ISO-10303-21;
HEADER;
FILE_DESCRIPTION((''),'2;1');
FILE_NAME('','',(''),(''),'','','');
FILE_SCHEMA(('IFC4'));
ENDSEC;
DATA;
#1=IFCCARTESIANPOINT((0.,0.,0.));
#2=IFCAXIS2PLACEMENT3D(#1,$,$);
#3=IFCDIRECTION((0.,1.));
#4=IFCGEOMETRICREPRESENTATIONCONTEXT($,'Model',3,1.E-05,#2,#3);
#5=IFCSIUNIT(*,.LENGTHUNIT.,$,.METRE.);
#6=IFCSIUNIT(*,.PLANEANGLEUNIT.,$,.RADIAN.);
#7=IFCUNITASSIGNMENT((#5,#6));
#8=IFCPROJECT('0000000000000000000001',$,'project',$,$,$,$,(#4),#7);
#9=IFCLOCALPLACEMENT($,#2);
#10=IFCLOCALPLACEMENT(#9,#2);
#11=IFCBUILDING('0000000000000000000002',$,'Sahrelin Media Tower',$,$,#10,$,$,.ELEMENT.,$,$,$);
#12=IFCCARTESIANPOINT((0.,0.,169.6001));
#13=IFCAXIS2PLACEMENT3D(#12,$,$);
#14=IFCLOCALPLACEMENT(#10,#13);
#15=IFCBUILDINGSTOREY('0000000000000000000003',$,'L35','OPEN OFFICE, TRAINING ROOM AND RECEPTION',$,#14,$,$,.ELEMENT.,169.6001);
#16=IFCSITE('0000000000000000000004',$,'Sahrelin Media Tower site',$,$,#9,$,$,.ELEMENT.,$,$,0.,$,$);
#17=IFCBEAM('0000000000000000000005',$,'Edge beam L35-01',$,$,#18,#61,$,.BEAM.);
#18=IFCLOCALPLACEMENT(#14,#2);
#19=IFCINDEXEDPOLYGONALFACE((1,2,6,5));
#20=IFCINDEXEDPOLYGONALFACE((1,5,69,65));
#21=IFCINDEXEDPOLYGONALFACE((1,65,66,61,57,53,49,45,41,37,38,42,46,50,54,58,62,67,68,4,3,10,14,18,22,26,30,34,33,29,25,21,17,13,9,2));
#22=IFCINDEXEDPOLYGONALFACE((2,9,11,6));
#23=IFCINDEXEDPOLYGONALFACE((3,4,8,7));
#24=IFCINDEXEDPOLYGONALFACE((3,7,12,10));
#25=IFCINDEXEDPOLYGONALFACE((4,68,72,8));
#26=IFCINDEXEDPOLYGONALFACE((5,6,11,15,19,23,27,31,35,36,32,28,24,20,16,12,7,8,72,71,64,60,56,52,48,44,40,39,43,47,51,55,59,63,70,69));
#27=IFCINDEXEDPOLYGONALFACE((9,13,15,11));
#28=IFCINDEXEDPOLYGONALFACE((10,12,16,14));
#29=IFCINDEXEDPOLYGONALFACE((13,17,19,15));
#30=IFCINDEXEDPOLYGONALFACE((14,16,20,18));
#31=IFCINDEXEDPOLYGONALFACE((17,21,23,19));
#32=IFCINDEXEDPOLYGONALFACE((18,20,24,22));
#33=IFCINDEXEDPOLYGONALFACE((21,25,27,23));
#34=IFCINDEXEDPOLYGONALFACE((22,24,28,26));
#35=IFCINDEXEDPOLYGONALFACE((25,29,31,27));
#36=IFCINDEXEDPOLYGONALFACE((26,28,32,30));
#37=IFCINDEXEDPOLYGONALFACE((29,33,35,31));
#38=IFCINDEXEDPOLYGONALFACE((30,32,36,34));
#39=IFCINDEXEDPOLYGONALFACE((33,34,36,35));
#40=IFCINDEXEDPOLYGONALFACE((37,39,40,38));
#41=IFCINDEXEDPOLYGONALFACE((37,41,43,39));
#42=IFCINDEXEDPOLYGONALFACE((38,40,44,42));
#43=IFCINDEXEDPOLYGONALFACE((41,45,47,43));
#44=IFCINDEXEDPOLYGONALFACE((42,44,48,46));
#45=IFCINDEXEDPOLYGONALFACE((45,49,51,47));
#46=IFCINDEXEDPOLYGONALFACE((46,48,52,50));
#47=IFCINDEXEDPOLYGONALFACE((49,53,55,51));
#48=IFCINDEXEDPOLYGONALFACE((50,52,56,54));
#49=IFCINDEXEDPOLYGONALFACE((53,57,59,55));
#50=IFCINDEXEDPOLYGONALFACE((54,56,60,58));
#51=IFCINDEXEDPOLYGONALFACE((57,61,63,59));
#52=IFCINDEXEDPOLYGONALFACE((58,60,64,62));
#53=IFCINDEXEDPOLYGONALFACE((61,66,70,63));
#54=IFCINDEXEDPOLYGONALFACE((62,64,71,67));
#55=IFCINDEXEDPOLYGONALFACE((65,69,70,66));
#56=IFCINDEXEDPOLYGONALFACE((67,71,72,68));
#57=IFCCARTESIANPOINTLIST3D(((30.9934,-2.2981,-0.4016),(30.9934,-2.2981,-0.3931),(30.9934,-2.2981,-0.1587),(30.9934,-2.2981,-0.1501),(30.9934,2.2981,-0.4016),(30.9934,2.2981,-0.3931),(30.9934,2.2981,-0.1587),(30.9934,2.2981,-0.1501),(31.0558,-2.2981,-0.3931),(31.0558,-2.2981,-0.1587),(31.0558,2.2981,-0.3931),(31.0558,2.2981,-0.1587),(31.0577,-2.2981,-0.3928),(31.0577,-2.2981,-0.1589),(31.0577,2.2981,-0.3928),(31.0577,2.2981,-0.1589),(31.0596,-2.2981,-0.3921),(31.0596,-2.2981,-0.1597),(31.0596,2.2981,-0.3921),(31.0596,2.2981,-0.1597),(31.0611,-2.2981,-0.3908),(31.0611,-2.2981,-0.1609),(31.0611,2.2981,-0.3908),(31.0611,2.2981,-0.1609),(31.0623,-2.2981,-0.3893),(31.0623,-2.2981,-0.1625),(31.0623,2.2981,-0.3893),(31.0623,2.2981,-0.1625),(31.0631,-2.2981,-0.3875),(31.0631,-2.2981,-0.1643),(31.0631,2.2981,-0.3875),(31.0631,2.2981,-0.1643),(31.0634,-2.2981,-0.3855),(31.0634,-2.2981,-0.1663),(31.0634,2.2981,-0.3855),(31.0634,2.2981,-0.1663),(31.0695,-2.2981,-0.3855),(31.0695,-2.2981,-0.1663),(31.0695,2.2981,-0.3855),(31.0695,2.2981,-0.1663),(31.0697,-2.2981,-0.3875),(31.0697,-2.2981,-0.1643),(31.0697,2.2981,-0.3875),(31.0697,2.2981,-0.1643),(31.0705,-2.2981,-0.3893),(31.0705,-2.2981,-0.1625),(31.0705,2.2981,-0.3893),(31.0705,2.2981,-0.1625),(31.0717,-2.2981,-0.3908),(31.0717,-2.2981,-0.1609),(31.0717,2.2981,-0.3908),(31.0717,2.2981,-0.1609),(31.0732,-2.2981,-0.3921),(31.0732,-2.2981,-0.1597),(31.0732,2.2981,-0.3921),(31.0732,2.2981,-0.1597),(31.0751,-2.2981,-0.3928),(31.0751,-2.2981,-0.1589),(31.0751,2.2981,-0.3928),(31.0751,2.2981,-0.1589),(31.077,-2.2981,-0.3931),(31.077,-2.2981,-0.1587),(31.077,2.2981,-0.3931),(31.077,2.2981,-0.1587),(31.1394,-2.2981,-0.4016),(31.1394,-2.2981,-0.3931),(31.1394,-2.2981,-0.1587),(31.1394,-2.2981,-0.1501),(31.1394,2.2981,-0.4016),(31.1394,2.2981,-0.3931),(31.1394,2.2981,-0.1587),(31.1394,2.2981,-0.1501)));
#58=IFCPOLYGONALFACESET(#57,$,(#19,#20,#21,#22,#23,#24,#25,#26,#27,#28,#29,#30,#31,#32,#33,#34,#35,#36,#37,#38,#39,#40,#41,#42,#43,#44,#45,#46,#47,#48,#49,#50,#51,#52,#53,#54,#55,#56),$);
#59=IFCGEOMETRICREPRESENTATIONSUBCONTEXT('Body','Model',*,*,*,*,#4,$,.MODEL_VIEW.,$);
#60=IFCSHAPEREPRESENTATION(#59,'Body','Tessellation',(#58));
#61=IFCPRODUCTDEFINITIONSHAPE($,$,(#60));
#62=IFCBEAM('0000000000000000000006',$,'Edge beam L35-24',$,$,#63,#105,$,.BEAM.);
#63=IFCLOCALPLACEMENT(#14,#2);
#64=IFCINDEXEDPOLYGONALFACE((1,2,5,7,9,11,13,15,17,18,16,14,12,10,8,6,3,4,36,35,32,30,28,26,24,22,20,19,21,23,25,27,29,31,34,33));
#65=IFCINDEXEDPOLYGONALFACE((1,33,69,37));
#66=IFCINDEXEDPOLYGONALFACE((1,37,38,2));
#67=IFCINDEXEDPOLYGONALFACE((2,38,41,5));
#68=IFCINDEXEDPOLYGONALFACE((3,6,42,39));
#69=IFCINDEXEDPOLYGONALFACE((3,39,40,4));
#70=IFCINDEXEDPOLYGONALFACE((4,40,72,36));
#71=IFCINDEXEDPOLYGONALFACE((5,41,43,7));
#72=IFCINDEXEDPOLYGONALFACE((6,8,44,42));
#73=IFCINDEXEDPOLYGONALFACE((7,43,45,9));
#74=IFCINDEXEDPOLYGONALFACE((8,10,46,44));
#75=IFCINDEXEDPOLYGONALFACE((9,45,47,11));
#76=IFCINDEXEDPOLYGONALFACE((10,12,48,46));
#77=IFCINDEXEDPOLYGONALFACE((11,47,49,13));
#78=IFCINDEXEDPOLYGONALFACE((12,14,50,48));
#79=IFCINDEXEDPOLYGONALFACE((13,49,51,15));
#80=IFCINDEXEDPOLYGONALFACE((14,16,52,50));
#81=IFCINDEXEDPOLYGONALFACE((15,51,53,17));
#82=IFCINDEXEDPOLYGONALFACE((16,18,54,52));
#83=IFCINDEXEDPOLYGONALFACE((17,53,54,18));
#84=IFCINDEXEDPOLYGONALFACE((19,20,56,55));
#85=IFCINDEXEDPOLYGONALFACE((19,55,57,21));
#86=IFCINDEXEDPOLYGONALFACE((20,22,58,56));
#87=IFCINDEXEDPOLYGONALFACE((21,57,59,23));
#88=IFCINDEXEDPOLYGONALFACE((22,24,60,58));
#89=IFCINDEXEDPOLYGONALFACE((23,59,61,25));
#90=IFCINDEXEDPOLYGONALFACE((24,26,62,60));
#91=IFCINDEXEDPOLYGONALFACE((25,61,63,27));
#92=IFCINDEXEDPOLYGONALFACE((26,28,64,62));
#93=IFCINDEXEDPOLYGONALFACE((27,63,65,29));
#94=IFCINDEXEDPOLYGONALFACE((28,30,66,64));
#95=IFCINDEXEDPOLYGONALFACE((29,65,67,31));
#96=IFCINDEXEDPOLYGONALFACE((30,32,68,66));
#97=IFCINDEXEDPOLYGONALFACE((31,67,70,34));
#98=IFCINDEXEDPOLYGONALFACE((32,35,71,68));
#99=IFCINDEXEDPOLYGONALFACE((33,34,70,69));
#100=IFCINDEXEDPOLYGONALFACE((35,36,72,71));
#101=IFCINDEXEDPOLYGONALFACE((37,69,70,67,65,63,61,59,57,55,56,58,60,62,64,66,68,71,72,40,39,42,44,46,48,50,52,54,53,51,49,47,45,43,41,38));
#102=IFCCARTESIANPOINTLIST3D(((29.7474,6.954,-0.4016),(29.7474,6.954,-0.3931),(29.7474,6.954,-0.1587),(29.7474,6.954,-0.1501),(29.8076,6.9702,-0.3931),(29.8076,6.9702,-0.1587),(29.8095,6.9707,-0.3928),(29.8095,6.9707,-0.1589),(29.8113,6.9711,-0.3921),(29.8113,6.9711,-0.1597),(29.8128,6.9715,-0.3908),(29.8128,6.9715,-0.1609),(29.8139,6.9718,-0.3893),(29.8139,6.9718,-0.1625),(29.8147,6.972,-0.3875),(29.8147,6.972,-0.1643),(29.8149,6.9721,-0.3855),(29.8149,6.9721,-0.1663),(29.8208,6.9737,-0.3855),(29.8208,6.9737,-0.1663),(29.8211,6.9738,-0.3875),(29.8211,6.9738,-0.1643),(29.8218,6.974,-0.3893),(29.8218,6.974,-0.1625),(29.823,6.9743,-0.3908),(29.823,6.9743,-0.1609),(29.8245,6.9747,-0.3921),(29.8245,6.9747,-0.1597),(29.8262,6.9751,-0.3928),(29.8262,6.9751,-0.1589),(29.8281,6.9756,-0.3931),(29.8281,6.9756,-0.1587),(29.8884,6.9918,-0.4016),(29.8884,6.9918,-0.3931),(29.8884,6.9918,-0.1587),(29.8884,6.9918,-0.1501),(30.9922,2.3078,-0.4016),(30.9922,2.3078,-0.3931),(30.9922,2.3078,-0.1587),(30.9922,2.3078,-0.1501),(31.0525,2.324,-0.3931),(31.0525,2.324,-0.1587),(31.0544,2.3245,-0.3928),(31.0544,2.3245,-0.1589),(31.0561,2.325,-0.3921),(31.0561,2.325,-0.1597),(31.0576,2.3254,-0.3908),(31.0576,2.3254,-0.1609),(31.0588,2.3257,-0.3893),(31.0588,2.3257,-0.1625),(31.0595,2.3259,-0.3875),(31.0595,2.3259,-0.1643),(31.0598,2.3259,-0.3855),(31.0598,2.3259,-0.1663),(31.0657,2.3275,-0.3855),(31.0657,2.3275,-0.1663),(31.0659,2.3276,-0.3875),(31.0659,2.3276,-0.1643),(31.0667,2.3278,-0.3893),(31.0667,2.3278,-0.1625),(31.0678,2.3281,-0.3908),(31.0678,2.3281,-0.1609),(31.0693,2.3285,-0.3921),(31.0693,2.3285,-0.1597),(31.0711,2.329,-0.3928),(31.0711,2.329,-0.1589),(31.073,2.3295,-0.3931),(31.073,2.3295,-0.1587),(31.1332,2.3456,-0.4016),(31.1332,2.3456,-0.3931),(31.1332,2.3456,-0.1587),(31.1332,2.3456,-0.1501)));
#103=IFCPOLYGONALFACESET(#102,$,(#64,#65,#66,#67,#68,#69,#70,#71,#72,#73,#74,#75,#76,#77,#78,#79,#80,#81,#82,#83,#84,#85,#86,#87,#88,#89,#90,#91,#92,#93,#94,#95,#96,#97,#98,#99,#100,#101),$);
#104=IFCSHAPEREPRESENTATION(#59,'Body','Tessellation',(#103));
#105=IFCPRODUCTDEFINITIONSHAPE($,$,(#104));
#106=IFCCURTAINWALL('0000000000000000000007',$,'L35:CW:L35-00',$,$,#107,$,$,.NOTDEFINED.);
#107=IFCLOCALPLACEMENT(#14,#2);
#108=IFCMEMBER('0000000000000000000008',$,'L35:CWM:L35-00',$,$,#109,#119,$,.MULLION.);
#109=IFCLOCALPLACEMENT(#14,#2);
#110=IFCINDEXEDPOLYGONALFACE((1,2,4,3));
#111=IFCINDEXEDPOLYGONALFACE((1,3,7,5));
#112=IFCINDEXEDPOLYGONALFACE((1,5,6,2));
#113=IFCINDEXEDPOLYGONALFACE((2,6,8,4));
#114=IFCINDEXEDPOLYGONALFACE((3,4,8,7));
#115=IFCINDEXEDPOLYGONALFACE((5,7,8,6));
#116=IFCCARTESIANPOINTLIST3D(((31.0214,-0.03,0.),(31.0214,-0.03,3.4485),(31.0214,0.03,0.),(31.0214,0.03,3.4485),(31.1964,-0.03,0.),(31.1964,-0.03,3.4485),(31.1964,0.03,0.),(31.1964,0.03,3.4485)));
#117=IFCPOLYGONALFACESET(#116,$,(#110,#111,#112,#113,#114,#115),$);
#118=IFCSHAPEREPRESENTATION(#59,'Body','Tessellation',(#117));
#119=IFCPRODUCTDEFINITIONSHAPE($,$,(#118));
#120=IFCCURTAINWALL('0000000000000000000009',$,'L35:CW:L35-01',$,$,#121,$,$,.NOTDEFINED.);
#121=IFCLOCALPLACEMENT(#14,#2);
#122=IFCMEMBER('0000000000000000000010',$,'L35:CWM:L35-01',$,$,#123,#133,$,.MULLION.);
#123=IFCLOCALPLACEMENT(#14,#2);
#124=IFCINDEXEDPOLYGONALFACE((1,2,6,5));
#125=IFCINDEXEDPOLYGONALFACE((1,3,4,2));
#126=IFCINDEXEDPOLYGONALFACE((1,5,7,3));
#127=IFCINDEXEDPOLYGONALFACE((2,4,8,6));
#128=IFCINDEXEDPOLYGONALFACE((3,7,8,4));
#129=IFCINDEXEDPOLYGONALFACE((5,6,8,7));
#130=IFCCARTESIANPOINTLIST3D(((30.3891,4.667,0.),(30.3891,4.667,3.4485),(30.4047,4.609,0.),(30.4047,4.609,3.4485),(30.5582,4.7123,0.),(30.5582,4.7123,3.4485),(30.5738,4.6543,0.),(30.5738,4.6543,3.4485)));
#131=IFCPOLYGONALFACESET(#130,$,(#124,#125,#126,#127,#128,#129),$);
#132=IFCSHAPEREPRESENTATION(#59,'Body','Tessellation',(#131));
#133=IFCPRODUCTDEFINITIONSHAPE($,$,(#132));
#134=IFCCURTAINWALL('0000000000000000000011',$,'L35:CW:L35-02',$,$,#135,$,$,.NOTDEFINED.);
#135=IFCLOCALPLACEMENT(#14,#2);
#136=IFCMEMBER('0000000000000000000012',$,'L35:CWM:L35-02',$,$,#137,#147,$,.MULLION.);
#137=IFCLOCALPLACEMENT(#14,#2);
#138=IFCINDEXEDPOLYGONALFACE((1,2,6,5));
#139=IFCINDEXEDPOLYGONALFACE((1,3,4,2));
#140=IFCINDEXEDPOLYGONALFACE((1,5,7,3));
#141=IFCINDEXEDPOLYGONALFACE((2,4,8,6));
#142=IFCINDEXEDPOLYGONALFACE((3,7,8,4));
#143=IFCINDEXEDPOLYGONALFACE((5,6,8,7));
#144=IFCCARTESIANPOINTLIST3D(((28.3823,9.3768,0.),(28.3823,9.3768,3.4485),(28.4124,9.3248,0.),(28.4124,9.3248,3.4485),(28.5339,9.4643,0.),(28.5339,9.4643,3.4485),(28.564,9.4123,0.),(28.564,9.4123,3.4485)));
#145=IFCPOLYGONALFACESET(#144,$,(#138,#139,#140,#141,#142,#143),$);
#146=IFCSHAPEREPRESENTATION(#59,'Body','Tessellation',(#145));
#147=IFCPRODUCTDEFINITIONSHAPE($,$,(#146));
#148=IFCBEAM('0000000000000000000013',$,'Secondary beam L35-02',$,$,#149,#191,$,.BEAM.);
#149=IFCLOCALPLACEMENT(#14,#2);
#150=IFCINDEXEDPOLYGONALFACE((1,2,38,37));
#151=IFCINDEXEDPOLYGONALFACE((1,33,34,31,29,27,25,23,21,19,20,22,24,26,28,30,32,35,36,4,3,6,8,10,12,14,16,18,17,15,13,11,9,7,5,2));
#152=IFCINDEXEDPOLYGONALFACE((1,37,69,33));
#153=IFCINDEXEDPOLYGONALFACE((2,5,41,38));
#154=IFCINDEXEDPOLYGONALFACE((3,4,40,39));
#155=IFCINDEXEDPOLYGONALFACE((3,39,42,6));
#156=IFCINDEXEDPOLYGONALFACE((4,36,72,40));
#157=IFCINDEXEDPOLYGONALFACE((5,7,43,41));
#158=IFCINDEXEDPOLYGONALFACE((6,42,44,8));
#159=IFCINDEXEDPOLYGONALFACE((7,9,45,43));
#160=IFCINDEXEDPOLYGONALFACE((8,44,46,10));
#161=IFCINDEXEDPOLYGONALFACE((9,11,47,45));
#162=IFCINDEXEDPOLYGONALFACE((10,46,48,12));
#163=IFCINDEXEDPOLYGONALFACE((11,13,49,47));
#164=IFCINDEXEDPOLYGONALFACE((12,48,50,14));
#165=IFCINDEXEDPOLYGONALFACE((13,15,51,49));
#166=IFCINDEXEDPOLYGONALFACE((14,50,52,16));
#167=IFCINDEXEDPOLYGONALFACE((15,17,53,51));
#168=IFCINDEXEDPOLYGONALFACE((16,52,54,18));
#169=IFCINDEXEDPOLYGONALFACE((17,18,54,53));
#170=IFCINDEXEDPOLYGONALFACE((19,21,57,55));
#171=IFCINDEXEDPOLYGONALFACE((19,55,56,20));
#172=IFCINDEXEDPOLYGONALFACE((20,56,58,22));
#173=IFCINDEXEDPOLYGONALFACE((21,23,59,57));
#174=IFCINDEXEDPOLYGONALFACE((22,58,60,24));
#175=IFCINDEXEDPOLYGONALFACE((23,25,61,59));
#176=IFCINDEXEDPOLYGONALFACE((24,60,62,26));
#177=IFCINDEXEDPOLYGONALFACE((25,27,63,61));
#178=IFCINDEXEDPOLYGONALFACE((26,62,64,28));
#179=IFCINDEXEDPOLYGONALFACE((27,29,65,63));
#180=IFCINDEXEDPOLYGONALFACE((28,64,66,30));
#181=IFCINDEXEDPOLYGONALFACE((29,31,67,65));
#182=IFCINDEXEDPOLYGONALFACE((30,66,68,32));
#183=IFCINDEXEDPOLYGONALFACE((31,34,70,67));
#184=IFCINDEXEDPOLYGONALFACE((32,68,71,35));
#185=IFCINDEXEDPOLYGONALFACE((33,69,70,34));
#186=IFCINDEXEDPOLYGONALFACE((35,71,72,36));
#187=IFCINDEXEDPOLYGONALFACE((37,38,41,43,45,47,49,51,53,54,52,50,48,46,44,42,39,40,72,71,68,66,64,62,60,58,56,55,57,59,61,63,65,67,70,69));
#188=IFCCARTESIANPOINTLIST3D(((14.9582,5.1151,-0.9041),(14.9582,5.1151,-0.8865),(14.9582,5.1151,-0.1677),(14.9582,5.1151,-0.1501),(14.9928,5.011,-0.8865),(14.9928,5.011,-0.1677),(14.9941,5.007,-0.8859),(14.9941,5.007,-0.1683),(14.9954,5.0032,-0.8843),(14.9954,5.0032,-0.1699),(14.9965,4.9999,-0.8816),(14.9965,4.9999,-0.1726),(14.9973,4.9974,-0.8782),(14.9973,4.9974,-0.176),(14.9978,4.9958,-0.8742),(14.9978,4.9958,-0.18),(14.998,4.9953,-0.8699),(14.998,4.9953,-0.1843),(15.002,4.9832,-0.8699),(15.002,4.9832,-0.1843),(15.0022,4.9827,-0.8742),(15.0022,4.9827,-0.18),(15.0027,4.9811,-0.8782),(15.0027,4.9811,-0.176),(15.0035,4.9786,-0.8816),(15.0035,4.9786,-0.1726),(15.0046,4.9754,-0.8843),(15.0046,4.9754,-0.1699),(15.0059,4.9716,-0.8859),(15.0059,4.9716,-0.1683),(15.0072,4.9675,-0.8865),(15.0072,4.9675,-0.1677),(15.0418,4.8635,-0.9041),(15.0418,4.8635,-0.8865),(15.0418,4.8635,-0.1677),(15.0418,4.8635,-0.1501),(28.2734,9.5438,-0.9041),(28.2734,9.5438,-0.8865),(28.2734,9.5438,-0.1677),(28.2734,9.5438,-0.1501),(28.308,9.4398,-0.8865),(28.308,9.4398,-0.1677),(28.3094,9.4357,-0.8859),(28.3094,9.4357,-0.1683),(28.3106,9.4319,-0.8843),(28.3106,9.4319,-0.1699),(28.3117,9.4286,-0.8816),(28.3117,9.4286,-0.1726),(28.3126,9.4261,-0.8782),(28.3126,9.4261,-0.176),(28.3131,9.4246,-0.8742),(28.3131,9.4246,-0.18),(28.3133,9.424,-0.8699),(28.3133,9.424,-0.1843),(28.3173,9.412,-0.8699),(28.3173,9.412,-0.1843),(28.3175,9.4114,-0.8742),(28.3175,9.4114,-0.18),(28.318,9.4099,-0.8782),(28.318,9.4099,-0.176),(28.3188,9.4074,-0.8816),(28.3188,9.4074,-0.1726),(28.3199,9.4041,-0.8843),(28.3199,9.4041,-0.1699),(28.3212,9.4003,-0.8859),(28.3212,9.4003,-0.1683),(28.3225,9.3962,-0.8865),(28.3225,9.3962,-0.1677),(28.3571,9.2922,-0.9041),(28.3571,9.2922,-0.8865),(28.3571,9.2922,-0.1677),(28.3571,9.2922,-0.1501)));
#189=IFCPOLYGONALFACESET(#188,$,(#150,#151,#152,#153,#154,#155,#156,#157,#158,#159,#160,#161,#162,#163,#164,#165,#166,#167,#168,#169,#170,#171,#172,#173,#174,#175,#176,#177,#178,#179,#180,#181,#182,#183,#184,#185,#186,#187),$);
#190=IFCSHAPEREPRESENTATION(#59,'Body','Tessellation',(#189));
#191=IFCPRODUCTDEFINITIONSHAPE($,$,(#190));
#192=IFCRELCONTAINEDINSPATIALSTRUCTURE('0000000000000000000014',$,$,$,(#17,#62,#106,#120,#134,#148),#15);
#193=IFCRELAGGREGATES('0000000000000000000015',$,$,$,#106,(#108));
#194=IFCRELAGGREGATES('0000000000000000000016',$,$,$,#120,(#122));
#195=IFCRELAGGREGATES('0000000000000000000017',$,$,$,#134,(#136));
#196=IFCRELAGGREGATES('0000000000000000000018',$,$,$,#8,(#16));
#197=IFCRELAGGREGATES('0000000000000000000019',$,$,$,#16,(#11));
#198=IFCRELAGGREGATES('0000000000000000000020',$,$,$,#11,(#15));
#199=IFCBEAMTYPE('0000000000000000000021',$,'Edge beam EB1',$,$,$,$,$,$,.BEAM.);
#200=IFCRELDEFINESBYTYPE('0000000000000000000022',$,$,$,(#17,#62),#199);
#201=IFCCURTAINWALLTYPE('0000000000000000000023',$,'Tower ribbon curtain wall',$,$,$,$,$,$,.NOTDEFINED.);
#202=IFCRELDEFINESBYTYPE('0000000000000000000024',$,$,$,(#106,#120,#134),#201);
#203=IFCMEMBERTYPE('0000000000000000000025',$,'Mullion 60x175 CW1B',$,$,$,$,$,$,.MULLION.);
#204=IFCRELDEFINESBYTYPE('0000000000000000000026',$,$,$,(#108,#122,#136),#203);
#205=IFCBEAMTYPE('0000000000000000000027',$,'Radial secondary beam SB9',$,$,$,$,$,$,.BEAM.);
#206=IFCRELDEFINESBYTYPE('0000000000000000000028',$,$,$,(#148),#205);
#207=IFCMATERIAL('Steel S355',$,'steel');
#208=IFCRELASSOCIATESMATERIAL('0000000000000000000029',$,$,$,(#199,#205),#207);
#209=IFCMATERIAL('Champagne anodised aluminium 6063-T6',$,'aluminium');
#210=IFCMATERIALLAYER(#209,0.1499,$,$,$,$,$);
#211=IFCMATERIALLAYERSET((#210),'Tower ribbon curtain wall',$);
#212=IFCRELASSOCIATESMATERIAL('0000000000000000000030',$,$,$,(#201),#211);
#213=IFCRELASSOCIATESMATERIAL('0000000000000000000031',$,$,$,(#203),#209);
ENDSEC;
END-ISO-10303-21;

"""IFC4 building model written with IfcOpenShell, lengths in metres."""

from ifc_helpers import new_model, si_unit, direction, frame, origin, origin_2d, place, context, subcontext, project, spatial, rectangle, i_section, extrude, material, layer, layer_set, material_profile, profile_set, type_object, element, aggregate, save


model = new_model("IFC4")

# Units and contexts
model_context = context("Model", 3, precision=1e-05, world=origin(), true_north=direction((0.0, 1.0)))
body_context = subcontext(model_context, "Body", "Model", "MODEL_VIEW")
ifc_project = project(units=[si_unit("LENGTHUNIT", "METRE"), si_unit("PLANEANGLEUNIT", "RADIAN")], contexts=[model_context])

# Site, building, storey
site_placement = place(None, origin())
site = spatial("IfcSite", under=ifc_project, at=site_placement, Name="Sahrelin Media Tower site", CompositionType="ELEMENT", RefElevation=0.0)
building_placement = place(site_placement, origin())
building = spatial("IfcBuilding", under=site, at=building_placement, Name="Sahrelin Media Tower", CompositionType="ELEMENT")
storey_placement = place(building_placement, frame((0.0, 0.0, 169.6001)))
storey = spatial("IfcBuildingStorey", under=building, at=storey_placement, Name="L35", Description="OPEN OFFICE, TRAINING ROOM AND RECEPTION", CompositionType="ELEMENT", Elevation=169.6001)

# Beams
ifc_material_1 = material(Name="Steel S355", Category="steel")
ifc_material_profile_1 = material_profile(ifc_material_1, i_section(OverallWidth=0.146, OverallDepth=0.2515, WebThickness=0.0061, FlangeThickness=0.0085, FilletRadius=0.0076, at=origin_2d()), Name="UB 254x146x31")
ifc_profile_set_1 = profile_set([ifc_material_profile_1], Name="Steel S355")
beam_type_1 = type_object("IfcBeamType", Name="Edge beam EB1", PredefinedType="BEAM", material=ifc_profile_set_1)
beam_1_placement = place(storey_placement, frame((31.0664, 2.2981, -0.2759), z_axis=(0.0, -1.0, 0.0), x_axis=(1.0, 0.0, 0.0)))
element("IfcBeam", 1, at=beam_1_placement, inside=storey, type_object=beam_type_1, Name="Edge beam L35-01", PredefinedType="BEAM", context=body_context, shape_type="SweptSolid", body=[
    extrude(i_section(OverallWidth=0.146, OverallDepth=0.2515, WebThickness=0.0061, FlangeThickness=0.0085, FilletRadius=0.0076, at=origin_2d()), origin(), (0.0, 0.0, 1.0), 4.5962),
])
beam_2_placement = place(storey_placement, frame((29.8179, 6.9729, -0.2759), z_axis=(0.258803, -0.96593, 0.0), x_axis=(0.96593, 0.258803, 0.0)))
element("IfcBeam", 2, at=beam_2_placement, inside=storey, type_object=beam_type_1, Name="Edge beam L35-24", PredefinedType="BEAM", context=body_context, shape_type="SweptSolid", body=[
    extrude(i_section(OverallWidth=0.146, OverallDepth=0.2515, WebThickness=0.0061, FlangeThickness=0.0085, FilletRadius=0.0076, at=origin_2d()), origin(), (0.0, 0.0, 1.0), 4.8101),
])

# Curtain walls, members
ifc_material_2 = material(Name="Champagne anodised aluminium 6063-T6", Category="aluminium")
ifc_layer_1 = layer(ifc_material_2, 0.1499)
ifc_layer_set_1 = layer_set([ifc_layer_1], Name="Tower ribbon curtain wall")
curtain_wall_type = type_object("IfcCurtainWallType", Name="Tower ribbon curtain wall", PredefinedType="NOTDEFINED", material=ifc_layer_set_1)
curtain_wall_1_placement = place(storey_placement, frame((31.2166, 0.0, 0.0), z_axis=(0.0, 0.0, 1.0), x_axis=(1.0, 0.0, 0.0)))
curtain_wall_1 = element("IfcCurtainWall", 3, at=curtain_wall_1_placement, inside=storey, type_object=curtain_wall_type, Name="L35:CW:L35-00", PredefinedType="NOTDEFINED")
ifc_material_profile_2 = material_profile(ifc_material_2, rectangle(XDim=0.0601, YDim=0.175, at=origin_2d()), Name="Mullion 60x175")
ifc_profile_set_2 = profile_set([ifc_material_profile_2], Name="Champagne anodised aluminium 6063-T6")
member_type_1 = type_object("IfcMemberType", Name="Mullion 60x175 CW1B", PredefinedType="MULLION", material=ifc_profile_set_2)
member_1_placement = place(storey_placement, frame((31.1089, 0.0, 0.0), z_axis=(0.0, 0.0, 1.0), x_axis=(0.0, 1.0, 0.0)))
member_1 = element("IfcMember", 4, at=member_1_placement, type_object=member_type_1, Name="L35:CWM:L35-00", PredefinedType="MULLION", context=body_context, shape_type="SweptSolid", body=[
    extrude(rectangle(XDim=0.0601, YDim=0.175, at=origin_2d()), origin(), (0.0, 0.0, 1.0), 3.4485),
])
aggregate(curtain_wall_1, [member_1])
curtain_wall_2_placement = place(storey_placement, frame((30.5852, 4.6885, 0.0), z_axis=(0.0, 0.0, 1.0), x_axis=(1.0, 0.0, 0.0)))
curtain_wall_2 = element("IfcCurtainWall", 5, at=curtain_wall_2_placement, inside=storey, type_object=curtain_wall_type, Name="L35:CW:L35-01", PredefinedType="NOTDEFINED")
member_2_placement = place(storey_placement, frame((30.4814, 4.6606, 0.0), z_axis=(0.0, 0.0, 1.0), x_axis=(-0.258809, 0.965929, 0.0)))
member_2 = element("IfcMember", 6, at=member_2_placement, type_object=member_type_1, Name="L35:CWM:L35-01", PredefinedType="MULLION", context=body_context, shape_type="SweptSolid", body=[
    extrude(rectangle(XDim=0.0601, YDim=0.175, at=origin_2d()), origin(), (0.0, 0.0, 1.0), 3.4485),
])
curtain_wall_3_placement = place(storey_placement, frame((28.5662, 9.4482, 0.0), z_axis=(0.0, 0.0, 1.0), x_axis=(1.0, 0.0, 0.0)))
curtain_wall_3 = element("IfcCurtainWall", 7, at=curtain_wall_3_placement, inside=storey, type_object=curtain_wall_type, Name="L35:CW:L35-02", PredefinedType="NOTDEFINED")
member_3_placement = place(storey_placement, frame((28.4731, 9.3945, 0.0), z_axis=(0.0, 0.0, 1.0), x_axis=(-0.500009, 0.86602, 0.0)))
member_3 = element("IfcMember", 8, at=member_3_placement, type_object=member_type_1, Name="L35:CWM:L35-02", PredefinedType="MULLION", context=body_context, shape_type="SweptSolid", body=[
    extrude(rectangle(XDim=0.0601, YDim=0.175, at=origin_2d()), origin(), (0.0, 0.0, 1.0), 3.4485),
])

# Beam
ifc_material_profile_3 = material_profile(ifc_material_1, i_section(OverallWidth=0.2651, OverallDepth=0.7539, WebThickness=0.0127, FlangeThickness=0.0176, FilletRadius=0.0166, at=origin_2d()), Name="UB 762x267x147")
ifc_profile_set_3 = profile_set([ifc_material_profile_3], Name="Steel S355")
beam_type_2 = type_object("IfcBeamType", Name="Radial secondary beam SB9", PredefinedType="BEAM", material=ifc_profile_set_3)
beam_3_placement = place(storey_placement, frame((15.0, 4.9893, -0.5271), z_axis=(0.94889, 0.315607, 0.0), x_axis=(-0.315607, 0.94889, 0.0)))
element("IfcBeam", 9, at=beam_3_placement, inside=storey, type_object=beam_type_2, Name="Secondary beam L35-02", PredefinedType="BEAM", context=body_context, shape_type="SweptSolid", body=[
    extrude(i_section(OverallWidth=0.2651, OverallDepth=0.7539, WebThickness=0.0127, FlangeThickness=0.0176, FilletRadius=0.0166, at=origin_2d()), origin(), (0.0, 0.0, 1.0), 14.0325),
])

aggregate(curtain_wall_2, [member_2])
aggregate(curtain_wall_3, [member_3])

save(model, "model.ifc")
